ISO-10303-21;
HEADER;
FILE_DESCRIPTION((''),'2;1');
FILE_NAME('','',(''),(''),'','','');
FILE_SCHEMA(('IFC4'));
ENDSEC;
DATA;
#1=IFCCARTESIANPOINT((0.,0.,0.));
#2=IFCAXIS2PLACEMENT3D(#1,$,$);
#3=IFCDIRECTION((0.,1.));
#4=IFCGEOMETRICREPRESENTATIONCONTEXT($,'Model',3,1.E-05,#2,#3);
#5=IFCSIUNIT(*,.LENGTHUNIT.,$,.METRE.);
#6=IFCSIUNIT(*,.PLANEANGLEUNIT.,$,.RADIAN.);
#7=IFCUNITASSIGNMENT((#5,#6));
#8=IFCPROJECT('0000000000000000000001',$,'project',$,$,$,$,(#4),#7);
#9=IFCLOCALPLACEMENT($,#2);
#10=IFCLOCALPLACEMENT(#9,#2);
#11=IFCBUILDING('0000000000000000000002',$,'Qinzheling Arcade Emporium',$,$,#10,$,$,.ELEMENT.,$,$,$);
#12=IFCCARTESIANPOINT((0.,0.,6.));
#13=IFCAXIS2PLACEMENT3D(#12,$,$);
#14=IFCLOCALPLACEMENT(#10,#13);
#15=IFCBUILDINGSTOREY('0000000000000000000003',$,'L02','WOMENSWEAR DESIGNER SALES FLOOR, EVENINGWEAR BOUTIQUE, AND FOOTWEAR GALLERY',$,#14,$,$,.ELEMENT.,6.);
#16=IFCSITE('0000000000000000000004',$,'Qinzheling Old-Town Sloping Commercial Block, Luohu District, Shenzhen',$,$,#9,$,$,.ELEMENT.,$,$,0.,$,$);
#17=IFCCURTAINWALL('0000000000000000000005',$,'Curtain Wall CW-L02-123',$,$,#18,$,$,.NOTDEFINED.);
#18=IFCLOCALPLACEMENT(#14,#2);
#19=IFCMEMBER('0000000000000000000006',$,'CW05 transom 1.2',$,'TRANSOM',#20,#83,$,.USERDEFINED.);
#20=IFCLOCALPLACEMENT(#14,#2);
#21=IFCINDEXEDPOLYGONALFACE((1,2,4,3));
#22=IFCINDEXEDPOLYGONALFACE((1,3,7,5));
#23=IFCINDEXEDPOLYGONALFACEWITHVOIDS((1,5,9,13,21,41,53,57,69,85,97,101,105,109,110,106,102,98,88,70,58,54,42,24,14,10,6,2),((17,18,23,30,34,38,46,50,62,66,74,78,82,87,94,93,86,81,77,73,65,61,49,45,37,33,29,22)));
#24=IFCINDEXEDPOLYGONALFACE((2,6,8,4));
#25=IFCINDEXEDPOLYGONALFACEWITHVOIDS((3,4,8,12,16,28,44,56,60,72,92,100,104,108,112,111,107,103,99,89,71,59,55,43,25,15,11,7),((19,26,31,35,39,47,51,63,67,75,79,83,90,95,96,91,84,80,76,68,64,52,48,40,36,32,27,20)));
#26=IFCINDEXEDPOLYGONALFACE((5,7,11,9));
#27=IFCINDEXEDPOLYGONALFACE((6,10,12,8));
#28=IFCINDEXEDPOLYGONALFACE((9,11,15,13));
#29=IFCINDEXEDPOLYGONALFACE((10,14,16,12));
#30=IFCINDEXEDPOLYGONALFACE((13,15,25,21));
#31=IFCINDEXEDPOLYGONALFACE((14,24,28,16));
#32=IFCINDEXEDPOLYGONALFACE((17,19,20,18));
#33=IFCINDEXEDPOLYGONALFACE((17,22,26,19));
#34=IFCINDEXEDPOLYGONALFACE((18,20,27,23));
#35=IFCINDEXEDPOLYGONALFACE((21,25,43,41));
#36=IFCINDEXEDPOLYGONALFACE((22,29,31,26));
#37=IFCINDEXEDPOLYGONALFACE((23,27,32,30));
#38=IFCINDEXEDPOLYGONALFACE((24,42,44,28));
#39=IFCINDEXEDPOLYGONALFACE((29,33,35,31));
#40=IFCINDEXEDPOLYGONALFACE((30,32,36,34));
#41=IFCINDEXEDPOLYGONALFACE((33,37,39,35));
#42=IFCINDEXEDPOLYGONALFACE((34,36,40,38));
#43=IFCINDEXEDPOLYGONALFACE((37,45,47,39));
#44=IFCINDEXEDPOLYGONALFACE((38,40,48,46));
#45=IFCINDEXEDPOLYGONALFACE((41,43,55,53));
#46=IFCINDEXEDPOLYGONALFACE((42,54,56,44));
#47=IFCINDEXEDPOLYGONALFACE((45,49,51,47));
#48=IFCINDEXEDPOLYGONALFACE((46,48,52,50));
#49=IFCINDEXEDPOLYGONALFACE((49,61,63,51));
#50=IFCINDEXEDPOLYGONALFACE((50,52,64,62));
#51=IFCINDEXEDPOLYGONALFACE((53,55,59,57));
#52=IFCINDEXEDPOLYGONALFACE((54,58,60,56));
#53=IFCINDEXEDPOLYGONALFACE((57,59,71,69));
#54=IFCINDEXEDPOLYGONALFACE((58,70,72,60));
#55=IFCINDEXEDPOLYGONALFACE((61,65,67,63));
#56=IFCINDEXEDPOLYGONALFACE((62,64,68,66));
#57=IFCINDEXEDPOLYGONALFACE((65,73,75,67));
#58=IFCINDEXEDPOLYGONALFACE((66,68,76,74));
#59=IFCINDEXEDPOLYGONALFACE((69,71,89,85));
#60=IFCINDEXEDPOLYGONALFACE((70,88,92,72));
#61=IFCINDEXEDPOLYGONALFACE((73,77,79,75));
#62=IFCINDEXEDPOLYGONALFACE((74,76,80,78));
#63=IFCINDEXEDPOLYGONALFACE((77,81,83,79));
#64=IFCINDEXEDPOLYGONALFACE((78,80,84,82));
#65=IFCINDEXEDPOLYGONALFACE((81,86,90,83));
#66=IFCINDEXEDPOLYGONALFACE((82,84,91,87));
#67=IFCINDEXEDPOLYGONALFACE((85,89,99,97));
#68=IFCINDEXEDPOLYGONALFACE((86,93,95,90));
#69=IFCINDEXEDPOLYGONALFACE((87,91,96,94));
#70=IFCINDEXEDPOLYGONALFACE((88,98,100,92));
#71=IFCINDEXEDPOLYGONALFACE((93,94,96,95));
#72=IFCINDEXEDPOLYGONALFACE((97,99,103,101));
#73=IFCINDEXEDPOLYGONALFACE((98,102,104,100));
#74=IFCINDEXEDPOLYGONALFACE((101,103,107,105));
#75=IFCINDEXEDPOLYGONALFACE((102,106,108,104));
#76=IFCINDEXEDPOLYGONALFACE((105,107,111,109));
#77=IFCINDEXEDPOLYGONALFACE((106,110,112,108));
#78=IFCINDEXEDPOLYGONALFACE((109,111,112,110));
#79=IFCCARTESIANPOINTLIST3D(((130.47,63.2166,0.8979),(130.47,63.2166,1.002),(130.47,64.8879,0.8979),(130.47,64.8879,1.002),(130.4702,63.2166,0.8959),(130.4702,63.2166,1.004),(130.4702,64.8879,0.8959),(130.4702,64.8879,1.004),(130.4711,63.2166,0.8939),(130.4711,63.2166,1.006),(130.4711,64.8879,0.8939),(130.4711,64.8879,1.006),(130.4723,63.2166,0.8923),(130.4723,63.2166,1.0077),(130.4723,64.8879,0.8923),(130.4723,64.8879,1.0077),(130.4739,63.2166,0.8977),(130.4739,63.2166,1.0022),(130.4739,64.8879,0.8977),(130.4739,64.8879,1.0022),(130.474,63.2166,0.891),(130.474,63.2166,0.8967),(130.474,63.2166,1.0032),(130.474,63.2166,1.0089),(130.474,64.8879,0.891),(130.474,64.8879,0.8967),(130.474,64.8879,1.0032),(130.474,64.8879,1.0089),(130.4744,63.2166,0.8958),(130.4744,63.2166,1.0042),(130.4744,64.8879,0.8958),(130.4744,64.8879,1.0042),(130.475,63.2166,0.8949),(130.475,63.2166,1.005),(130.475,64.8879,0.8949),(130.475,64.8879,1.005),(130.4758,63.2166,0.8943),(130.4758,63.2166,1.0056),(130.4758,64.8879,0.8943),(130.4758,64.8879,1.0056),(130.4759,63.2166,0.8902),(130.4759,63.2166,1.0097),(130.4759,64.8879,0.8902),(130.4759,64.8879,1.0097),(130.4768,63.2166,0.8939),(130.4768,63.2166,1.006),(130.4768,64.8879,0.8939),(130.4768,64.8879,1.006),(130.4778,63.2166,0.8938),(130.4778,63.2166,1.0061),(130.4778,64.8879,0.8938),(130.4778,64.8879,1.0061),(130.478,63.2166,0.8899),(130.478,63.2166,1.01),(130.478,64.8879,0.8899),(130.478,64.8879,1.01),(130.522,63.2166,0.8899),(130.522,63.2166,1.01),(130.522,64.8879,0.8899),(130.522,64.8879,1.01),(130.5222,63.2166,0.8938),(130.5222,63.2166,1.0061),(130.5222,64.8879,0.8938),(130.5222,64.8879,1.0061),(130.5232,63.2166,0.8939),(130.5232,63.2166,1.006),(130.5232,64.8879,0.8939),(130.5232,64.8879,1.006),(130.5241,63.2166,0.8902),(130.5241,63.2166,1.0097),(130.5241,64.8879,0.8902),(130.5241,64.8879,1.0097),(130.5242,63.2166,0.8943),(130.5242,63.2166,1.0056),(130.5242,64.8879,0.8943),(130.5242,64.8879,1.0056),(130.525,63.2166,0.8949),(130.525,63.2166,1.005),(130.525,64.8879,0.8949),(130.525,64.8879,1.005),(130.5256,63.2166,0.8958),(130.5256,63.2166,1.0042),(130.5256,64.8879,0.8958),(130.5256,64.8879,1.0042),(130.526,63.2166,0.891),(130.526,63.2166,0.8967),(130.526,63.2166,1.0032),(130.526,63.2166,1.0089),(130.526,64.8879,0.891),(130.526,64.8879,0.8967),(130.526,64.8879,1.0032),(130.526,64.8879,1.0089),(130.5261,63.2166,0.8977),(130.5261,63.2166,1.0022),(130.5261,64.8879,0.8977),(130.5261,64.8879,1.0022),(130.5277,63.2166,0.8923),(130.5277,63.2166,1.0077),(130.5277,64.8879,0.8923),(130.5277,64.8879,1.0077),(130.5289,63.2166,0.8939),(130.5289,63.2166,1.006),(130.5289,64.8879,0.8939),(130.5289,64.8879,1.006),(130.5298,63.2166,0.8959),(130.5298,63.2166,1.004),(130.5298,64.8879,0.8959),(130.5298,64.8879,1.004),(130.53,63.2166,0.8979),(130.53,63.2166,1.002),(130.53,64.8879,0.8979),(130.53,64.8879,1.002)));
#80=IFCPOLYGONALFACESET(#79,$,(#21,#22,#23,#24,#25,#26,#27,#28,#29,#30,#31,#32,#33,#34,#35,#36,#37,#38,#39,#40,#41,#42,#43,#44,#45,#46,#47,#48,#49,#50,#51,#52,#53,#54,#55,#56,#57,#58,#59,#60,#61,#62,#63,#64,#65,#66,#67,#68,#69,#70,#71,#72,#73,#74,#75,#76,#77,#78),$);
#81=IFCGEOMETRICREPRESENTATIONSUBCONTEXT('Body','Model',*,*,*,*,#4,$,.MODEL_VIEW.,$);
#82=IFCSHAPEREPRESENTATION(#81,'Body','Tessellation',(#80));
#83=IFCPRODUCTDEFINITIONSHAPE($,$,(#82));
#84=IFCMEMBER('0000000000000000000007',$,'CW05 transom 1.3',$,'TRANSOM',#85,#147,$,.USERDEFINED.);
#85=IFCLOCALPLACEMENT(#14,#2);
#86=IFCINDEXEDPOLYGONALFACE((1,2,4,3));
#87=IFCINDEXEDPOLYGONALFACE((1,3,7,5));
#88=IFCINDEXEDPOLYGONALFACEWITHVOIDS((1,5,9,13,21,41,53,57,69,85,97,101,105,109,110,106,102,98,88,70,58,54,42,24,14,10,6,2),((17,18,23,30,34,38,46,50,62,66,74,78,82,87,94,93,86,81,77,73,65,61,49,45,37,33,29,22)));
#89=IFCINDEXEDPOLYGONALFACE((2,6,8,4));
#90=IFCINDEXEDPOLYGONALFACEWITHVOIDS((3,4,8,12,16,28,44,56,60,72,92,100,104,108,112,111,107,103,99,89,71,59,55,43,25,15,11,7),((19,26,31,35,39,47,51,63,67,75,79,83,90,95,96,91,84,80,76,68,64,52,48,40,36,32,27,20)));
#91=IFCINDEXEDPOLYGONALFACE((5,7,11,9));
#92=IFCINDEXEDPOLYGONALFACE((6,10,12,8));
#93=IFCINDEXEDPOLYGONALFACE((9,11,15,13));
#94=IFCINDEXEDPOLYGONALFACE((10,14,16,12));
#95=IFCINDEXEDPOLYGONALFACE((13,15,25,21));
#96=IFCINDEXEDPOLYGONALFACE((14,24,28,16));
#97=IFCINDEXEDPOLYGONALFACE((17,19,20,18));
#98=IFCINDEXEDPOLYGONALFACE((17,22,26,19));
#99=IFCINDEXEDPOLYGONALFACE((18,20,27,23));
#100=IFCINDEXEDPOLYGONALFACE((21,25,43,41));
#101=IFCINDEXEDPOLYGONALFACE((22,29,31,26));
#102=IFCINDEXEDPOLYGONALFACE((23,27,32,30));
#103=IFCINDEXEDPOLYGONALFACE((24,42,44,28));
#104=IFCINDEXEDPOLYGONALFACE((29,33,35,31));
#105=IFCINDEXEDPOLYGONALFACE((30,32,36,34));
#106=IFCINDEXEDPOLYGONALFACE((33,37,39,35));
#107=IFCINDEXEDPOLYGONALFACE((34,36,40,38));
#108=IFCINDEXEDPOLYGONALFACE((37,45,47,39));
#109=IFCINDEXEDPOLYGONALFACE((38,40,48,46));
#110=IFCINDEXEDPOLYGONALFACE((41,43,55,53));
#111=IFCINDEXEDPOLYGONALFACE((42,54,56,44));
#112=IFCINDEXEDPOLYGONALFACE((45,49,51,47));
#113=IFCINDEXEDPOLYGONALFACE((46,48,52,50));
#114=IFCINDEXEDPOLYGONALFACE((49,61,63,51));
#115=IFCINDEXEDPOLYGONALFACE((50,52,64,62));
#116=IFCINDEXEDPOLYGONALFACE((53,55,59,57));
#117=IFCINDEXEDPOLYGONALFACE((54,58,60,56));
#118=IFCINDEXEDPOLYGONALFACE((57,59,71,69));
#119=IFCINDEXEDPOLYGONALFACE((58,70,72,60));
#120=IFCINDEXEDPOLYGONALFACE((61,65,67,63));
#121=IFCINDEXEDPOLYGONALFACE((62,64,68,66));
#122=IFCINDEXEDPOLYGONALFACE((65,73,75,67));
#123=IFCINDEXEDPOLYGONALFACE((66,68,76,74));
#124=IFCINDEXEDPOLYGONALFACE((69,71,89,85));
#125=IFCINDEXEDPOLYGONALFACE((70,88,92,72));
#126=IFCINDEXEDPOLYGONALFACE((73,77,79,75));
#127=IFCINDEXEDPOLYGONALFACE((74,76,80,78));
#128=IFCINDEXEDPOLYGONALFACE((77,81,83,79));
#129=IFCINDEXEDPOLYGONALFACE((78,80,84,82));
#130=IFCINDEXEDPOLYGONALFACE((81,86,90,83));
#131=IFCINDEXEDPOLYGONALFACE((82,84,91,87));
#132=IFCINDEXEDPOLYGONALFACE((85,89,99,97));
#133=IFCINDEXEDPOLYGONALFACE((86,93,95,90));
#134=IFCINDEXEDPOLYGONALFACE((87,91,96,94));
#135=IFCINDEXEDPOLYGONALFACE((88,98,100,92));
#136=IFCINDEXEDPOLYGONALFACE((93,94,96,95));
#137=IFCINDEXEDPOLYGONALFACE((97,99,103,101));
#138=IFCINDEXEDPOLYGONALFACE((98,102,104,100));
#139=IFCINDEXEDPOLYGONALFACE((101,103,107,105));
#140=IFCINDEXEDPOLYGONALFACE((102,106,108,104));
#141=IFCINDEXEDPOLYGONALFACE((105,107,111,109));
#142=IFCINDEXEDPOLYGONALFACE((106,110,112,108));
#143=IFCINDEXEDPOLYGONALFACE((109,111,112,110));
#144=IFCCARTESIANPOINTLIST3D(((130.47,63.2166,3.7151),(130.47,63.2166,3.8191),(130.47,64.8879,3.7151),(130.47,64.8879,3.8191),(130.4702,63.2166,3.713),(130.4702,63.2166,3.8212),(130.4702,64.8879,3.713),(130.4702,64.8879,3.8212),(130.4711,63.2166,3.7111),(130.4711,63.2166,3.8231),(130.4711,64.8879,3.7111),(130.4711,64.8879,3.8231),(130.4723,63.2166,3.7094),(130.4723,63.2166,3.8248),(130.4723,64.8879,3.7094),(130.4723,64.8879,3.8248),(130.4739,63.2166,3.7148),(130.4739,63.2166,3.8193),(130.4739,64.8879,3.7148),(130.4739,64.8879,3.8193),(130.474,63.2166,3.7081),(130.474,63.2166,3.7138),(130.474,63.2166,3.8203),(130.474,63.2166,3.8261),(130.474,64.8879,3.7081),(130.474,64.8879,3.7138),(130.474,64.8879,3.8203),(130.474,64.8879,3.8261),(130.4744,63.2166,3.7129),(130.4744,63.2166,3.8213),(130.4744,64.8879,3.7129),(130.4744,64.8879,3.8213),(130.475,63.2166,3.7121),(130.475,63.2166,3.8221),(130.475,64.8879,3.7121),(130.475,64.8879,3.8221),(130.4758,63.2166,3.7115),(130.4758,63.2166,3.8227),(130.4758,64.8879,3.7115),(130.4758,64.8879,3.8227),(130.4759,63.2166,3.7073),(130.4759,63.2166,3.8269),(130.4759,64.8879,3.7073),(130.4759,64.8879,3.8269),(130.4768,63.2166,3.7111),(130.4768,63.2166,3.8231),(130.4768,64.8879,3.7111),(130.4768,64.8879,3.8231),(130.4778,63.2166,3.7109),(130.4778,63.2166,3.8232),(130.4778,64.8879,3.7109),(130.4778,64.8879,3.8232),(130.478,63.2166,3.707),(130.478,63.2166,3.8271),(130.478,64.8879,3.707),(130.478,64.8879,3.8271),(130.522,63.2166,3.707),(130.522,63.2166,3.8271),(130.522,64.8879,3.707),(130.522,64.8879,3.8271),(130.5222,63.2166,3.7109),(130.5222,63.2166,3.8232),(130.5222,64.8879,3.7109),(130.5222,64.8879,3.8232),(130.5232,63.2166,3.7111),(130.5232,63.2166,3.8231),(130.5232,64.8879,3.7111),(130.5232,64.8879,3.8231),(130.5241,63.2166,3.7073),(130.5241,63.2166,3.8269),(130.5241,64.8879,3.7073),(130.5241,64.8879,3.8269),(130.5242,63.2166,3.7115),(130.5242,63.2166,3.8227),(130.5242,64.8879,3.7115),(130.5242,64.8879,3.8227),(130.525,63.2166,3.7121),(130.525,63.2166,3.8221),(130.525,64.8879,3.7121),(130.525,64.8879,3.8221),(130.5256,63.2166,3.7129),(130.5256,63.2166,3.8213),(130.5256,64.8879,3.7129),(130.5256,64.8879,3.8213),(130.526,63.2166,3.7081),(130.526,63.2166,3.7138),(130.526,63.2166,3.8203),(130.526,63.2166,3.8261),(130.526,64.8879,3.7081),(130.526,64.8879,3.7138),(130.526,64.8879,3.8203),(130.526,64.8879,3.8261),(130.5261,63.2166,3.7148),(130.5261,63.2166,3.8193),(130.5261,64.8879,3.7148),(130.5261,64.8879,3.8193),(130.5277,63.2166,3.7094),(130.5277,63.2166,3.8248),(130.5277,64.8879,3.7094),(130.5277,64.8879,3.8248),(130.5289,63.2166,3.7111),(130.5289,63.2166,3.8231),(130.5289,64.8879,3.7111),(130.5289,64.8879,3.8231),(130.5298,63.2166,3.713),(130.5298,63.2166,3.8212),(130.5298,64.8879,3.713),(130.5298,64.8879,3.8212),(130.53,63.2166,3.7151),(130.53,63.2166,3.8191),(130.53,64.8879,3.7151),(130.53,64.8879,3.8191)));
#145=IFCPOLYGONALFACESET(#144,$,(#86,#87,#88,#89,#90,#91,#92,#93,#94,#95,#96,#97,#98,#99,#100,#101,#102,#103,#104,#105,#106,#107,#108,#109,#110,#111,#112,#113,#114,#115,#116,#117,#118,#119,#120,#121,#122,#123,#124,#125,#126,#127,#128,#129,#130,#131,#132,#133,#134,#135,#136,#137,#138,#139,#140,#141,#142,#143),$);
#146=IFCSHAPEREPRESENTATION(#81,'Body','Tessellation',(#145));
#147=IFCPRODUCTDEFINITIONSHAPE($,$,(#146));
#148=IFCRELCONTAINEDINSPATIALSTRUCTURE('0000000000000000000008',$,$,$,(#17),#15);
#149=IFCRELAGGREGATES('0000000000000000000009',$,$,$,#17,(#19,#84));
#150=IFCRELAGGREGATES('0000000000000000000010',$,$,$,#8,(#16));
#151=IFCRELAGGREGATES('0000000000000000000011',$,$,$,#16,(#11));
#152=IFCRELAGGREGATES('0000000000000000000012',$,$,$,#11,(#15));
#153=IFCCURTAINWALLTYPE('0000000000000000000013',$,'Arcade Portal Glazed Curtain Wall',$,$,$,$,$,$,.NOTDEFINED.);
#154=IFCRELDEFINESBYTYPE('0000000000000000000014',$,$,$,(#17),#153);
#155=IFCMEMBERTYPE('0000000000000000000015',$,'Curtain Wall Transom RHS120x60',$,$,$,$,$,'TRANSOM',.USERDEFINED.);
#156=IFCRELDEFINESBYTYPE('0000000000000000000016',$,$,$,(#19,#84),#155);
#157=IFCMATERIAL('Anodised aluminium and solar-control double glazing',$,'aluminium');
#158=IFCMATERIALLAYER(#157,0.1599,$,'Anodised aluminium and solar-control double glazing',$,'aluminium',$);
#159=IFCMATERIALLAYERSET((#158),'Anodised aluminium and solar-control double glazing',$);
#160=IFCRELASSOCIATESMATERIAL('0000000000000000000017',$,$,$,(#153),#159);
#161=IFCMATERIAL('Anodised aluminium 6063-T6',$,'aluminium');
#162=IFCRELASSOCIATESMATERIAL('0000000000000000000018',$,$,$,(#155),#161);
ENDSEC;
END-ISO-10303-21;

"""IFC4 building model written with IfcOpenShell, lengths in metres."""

from ifc_helpers import new_model, si_unit, direction, frame, origin, origin_2d, place, context, subcontext, project, spatial, hollow_rectangle, extrude, material, layer, layer_set, material_profile, profile_set, type_object, element, aggregate, save


model = new_model("IFC4")

# Units and contexts
model_context = context("Model", 3, precision=1e-05, world=origin(), true_north=direction((0.0, 1.0)))
body_context = subcontext(model_context, "Body", "Model", "MODEL_VIEW")
ifc_project = project(units=[si_unit("LENGTHUNIT", "METRE"), si_unit("PLANEANGLEUNIT", "RADIAN")], contexts=[model_context])

# Site, building, storey
site_placement = place(None, origin())
site = spatial("IfcSite", under=ifc_project, at=site_placement, Name="Qinzheling Old-Town Sloping Commercial Block, Luohu District, Shenzhen", CompositionType="ELEMENT", RefElevation=0.0)
building_placement = place(site_placement, origin())
building = spatial("IfcBuilding", under=site, at=building_placement, Name="Qinzheling Arcade Emporium", CompositionType="ELEMENT")
storey_placement = place(building_placement, frame((0.0, 0.0, 6.0)))
storey = spatial("IfcBuildingStorey", under=building, at=storey_placement, Name="L02", Description="WOMENSWEAR DESIGNER SALES FLOOR, EVENINGWEAR BOUTIQUE, AND FOOTWEAR GALLERY", CompositionType="ELEMENT", Elevation=6.0)

# Shared definitions
ifc_material_1 = material(Name="Anodised aluminium and solar-control double glazing", Category="aluminium")
ifc_layer_1 = layer(ifc_material_1, 0.1599, Name="Anodised aluminium and solar-control double glazing", Category="aluminium")
ifc_layer_set_1 = layer_set([ifc_layer_1], Name="Anodised aluminium and solar-control double glazing")
curtain_wall_type = type_object("IfcCurtainWallType", Name="Arcade Portal Glazed Curtain Wall", PredefinedType="NOTDEFINED", material=ifc_layer_set_1)
ifc_material_2 = material(Name="Anodised aluminium 6063-T6", Category="aluminium")

# Curtain wall
curtain_wall_1_placement = place(storey_placement, origin())
curtain_wall_1 = element("IfcCurtainWall", 1, at=curtain_wall_1_placement, inside=storey, type_object=curtain_wall_type, Name="Curtain Wall CW-L02-123", PredefinedType="NOTDEFINED")

# Members
ifc_material_profile_1 = material_profile(ifc_material_2, hollow_rectangle(XDim=0.0601, YDim=0.1201, WallThickness=0.0039, InnerFilletRadius=0.0039, OuterFilletRadius=0.0081, at=origin_2d()), Name="RHS 120x60x4", Category="aluminium")
ifc_profile_set_1 = profile_set([ifc_material_profile_1], Name="Anodised aluminium 6063-T6")
member_type_1 = type_object("IfcMemberType", Name="Curtain Wall Transom RHS120x60", ElementType="TRANSOM", PredefinedType="USERDEFINED", material=ifc_profile_set_1)
member_1_placement = place(storey_placement, frame((130.5, 64.8879, 0.95), z_axis=(0.0, -1.0, 0.0), x_axis=(1.0, 0.0, 0.0)))
member_1 = element("IfcMember", 2, at=member_1_placement, type_object=member_type_1, Name="CW05 transom 1.2", ObjectType="TRANSOM", PredefinedType="USERDEFINED", context=body_context, shape_type="SweptSolid", body=[
    extrude(hollow_rectangle(XDim=0.0601, YDim=0.1201, WallThickness=0.0039, InnerFilletRadius=0.0039, OuterFilletRadius=0.0081, at=origin_2d()), origin(), (0.0, 0.0, 1.0), 1.6714),
])
member_2_placement = place(storey_placement, frame((130.5, 64.8879, 3.7671), z_axis=(0.0, -1.0, 0.0), x_axis=(1.0, 0.0, 0.0)))
member_2 = element("IfcMember", 3, at=member_2_placement, type_object=member_type_1, Name="CW05 transom 1.3", ObjectType="TRANSOM", PredefinedType="USERDEFINED", context=body_context, shape_type="SweptSolid", body=[
    extrude(hollow_rectangle(XDim=0.0601, YDim=0.1201, WallThickness=0.0039, InnerFilletRadius=0.0039, OuterFilletRadius=0.0081, at=origin_2d()), origin(), (0.0, 0.0, 1.0), 1.6714),
])

aggregate(curtain_wall_1, [member_1, member_2])

save(model, "model.ifc")
